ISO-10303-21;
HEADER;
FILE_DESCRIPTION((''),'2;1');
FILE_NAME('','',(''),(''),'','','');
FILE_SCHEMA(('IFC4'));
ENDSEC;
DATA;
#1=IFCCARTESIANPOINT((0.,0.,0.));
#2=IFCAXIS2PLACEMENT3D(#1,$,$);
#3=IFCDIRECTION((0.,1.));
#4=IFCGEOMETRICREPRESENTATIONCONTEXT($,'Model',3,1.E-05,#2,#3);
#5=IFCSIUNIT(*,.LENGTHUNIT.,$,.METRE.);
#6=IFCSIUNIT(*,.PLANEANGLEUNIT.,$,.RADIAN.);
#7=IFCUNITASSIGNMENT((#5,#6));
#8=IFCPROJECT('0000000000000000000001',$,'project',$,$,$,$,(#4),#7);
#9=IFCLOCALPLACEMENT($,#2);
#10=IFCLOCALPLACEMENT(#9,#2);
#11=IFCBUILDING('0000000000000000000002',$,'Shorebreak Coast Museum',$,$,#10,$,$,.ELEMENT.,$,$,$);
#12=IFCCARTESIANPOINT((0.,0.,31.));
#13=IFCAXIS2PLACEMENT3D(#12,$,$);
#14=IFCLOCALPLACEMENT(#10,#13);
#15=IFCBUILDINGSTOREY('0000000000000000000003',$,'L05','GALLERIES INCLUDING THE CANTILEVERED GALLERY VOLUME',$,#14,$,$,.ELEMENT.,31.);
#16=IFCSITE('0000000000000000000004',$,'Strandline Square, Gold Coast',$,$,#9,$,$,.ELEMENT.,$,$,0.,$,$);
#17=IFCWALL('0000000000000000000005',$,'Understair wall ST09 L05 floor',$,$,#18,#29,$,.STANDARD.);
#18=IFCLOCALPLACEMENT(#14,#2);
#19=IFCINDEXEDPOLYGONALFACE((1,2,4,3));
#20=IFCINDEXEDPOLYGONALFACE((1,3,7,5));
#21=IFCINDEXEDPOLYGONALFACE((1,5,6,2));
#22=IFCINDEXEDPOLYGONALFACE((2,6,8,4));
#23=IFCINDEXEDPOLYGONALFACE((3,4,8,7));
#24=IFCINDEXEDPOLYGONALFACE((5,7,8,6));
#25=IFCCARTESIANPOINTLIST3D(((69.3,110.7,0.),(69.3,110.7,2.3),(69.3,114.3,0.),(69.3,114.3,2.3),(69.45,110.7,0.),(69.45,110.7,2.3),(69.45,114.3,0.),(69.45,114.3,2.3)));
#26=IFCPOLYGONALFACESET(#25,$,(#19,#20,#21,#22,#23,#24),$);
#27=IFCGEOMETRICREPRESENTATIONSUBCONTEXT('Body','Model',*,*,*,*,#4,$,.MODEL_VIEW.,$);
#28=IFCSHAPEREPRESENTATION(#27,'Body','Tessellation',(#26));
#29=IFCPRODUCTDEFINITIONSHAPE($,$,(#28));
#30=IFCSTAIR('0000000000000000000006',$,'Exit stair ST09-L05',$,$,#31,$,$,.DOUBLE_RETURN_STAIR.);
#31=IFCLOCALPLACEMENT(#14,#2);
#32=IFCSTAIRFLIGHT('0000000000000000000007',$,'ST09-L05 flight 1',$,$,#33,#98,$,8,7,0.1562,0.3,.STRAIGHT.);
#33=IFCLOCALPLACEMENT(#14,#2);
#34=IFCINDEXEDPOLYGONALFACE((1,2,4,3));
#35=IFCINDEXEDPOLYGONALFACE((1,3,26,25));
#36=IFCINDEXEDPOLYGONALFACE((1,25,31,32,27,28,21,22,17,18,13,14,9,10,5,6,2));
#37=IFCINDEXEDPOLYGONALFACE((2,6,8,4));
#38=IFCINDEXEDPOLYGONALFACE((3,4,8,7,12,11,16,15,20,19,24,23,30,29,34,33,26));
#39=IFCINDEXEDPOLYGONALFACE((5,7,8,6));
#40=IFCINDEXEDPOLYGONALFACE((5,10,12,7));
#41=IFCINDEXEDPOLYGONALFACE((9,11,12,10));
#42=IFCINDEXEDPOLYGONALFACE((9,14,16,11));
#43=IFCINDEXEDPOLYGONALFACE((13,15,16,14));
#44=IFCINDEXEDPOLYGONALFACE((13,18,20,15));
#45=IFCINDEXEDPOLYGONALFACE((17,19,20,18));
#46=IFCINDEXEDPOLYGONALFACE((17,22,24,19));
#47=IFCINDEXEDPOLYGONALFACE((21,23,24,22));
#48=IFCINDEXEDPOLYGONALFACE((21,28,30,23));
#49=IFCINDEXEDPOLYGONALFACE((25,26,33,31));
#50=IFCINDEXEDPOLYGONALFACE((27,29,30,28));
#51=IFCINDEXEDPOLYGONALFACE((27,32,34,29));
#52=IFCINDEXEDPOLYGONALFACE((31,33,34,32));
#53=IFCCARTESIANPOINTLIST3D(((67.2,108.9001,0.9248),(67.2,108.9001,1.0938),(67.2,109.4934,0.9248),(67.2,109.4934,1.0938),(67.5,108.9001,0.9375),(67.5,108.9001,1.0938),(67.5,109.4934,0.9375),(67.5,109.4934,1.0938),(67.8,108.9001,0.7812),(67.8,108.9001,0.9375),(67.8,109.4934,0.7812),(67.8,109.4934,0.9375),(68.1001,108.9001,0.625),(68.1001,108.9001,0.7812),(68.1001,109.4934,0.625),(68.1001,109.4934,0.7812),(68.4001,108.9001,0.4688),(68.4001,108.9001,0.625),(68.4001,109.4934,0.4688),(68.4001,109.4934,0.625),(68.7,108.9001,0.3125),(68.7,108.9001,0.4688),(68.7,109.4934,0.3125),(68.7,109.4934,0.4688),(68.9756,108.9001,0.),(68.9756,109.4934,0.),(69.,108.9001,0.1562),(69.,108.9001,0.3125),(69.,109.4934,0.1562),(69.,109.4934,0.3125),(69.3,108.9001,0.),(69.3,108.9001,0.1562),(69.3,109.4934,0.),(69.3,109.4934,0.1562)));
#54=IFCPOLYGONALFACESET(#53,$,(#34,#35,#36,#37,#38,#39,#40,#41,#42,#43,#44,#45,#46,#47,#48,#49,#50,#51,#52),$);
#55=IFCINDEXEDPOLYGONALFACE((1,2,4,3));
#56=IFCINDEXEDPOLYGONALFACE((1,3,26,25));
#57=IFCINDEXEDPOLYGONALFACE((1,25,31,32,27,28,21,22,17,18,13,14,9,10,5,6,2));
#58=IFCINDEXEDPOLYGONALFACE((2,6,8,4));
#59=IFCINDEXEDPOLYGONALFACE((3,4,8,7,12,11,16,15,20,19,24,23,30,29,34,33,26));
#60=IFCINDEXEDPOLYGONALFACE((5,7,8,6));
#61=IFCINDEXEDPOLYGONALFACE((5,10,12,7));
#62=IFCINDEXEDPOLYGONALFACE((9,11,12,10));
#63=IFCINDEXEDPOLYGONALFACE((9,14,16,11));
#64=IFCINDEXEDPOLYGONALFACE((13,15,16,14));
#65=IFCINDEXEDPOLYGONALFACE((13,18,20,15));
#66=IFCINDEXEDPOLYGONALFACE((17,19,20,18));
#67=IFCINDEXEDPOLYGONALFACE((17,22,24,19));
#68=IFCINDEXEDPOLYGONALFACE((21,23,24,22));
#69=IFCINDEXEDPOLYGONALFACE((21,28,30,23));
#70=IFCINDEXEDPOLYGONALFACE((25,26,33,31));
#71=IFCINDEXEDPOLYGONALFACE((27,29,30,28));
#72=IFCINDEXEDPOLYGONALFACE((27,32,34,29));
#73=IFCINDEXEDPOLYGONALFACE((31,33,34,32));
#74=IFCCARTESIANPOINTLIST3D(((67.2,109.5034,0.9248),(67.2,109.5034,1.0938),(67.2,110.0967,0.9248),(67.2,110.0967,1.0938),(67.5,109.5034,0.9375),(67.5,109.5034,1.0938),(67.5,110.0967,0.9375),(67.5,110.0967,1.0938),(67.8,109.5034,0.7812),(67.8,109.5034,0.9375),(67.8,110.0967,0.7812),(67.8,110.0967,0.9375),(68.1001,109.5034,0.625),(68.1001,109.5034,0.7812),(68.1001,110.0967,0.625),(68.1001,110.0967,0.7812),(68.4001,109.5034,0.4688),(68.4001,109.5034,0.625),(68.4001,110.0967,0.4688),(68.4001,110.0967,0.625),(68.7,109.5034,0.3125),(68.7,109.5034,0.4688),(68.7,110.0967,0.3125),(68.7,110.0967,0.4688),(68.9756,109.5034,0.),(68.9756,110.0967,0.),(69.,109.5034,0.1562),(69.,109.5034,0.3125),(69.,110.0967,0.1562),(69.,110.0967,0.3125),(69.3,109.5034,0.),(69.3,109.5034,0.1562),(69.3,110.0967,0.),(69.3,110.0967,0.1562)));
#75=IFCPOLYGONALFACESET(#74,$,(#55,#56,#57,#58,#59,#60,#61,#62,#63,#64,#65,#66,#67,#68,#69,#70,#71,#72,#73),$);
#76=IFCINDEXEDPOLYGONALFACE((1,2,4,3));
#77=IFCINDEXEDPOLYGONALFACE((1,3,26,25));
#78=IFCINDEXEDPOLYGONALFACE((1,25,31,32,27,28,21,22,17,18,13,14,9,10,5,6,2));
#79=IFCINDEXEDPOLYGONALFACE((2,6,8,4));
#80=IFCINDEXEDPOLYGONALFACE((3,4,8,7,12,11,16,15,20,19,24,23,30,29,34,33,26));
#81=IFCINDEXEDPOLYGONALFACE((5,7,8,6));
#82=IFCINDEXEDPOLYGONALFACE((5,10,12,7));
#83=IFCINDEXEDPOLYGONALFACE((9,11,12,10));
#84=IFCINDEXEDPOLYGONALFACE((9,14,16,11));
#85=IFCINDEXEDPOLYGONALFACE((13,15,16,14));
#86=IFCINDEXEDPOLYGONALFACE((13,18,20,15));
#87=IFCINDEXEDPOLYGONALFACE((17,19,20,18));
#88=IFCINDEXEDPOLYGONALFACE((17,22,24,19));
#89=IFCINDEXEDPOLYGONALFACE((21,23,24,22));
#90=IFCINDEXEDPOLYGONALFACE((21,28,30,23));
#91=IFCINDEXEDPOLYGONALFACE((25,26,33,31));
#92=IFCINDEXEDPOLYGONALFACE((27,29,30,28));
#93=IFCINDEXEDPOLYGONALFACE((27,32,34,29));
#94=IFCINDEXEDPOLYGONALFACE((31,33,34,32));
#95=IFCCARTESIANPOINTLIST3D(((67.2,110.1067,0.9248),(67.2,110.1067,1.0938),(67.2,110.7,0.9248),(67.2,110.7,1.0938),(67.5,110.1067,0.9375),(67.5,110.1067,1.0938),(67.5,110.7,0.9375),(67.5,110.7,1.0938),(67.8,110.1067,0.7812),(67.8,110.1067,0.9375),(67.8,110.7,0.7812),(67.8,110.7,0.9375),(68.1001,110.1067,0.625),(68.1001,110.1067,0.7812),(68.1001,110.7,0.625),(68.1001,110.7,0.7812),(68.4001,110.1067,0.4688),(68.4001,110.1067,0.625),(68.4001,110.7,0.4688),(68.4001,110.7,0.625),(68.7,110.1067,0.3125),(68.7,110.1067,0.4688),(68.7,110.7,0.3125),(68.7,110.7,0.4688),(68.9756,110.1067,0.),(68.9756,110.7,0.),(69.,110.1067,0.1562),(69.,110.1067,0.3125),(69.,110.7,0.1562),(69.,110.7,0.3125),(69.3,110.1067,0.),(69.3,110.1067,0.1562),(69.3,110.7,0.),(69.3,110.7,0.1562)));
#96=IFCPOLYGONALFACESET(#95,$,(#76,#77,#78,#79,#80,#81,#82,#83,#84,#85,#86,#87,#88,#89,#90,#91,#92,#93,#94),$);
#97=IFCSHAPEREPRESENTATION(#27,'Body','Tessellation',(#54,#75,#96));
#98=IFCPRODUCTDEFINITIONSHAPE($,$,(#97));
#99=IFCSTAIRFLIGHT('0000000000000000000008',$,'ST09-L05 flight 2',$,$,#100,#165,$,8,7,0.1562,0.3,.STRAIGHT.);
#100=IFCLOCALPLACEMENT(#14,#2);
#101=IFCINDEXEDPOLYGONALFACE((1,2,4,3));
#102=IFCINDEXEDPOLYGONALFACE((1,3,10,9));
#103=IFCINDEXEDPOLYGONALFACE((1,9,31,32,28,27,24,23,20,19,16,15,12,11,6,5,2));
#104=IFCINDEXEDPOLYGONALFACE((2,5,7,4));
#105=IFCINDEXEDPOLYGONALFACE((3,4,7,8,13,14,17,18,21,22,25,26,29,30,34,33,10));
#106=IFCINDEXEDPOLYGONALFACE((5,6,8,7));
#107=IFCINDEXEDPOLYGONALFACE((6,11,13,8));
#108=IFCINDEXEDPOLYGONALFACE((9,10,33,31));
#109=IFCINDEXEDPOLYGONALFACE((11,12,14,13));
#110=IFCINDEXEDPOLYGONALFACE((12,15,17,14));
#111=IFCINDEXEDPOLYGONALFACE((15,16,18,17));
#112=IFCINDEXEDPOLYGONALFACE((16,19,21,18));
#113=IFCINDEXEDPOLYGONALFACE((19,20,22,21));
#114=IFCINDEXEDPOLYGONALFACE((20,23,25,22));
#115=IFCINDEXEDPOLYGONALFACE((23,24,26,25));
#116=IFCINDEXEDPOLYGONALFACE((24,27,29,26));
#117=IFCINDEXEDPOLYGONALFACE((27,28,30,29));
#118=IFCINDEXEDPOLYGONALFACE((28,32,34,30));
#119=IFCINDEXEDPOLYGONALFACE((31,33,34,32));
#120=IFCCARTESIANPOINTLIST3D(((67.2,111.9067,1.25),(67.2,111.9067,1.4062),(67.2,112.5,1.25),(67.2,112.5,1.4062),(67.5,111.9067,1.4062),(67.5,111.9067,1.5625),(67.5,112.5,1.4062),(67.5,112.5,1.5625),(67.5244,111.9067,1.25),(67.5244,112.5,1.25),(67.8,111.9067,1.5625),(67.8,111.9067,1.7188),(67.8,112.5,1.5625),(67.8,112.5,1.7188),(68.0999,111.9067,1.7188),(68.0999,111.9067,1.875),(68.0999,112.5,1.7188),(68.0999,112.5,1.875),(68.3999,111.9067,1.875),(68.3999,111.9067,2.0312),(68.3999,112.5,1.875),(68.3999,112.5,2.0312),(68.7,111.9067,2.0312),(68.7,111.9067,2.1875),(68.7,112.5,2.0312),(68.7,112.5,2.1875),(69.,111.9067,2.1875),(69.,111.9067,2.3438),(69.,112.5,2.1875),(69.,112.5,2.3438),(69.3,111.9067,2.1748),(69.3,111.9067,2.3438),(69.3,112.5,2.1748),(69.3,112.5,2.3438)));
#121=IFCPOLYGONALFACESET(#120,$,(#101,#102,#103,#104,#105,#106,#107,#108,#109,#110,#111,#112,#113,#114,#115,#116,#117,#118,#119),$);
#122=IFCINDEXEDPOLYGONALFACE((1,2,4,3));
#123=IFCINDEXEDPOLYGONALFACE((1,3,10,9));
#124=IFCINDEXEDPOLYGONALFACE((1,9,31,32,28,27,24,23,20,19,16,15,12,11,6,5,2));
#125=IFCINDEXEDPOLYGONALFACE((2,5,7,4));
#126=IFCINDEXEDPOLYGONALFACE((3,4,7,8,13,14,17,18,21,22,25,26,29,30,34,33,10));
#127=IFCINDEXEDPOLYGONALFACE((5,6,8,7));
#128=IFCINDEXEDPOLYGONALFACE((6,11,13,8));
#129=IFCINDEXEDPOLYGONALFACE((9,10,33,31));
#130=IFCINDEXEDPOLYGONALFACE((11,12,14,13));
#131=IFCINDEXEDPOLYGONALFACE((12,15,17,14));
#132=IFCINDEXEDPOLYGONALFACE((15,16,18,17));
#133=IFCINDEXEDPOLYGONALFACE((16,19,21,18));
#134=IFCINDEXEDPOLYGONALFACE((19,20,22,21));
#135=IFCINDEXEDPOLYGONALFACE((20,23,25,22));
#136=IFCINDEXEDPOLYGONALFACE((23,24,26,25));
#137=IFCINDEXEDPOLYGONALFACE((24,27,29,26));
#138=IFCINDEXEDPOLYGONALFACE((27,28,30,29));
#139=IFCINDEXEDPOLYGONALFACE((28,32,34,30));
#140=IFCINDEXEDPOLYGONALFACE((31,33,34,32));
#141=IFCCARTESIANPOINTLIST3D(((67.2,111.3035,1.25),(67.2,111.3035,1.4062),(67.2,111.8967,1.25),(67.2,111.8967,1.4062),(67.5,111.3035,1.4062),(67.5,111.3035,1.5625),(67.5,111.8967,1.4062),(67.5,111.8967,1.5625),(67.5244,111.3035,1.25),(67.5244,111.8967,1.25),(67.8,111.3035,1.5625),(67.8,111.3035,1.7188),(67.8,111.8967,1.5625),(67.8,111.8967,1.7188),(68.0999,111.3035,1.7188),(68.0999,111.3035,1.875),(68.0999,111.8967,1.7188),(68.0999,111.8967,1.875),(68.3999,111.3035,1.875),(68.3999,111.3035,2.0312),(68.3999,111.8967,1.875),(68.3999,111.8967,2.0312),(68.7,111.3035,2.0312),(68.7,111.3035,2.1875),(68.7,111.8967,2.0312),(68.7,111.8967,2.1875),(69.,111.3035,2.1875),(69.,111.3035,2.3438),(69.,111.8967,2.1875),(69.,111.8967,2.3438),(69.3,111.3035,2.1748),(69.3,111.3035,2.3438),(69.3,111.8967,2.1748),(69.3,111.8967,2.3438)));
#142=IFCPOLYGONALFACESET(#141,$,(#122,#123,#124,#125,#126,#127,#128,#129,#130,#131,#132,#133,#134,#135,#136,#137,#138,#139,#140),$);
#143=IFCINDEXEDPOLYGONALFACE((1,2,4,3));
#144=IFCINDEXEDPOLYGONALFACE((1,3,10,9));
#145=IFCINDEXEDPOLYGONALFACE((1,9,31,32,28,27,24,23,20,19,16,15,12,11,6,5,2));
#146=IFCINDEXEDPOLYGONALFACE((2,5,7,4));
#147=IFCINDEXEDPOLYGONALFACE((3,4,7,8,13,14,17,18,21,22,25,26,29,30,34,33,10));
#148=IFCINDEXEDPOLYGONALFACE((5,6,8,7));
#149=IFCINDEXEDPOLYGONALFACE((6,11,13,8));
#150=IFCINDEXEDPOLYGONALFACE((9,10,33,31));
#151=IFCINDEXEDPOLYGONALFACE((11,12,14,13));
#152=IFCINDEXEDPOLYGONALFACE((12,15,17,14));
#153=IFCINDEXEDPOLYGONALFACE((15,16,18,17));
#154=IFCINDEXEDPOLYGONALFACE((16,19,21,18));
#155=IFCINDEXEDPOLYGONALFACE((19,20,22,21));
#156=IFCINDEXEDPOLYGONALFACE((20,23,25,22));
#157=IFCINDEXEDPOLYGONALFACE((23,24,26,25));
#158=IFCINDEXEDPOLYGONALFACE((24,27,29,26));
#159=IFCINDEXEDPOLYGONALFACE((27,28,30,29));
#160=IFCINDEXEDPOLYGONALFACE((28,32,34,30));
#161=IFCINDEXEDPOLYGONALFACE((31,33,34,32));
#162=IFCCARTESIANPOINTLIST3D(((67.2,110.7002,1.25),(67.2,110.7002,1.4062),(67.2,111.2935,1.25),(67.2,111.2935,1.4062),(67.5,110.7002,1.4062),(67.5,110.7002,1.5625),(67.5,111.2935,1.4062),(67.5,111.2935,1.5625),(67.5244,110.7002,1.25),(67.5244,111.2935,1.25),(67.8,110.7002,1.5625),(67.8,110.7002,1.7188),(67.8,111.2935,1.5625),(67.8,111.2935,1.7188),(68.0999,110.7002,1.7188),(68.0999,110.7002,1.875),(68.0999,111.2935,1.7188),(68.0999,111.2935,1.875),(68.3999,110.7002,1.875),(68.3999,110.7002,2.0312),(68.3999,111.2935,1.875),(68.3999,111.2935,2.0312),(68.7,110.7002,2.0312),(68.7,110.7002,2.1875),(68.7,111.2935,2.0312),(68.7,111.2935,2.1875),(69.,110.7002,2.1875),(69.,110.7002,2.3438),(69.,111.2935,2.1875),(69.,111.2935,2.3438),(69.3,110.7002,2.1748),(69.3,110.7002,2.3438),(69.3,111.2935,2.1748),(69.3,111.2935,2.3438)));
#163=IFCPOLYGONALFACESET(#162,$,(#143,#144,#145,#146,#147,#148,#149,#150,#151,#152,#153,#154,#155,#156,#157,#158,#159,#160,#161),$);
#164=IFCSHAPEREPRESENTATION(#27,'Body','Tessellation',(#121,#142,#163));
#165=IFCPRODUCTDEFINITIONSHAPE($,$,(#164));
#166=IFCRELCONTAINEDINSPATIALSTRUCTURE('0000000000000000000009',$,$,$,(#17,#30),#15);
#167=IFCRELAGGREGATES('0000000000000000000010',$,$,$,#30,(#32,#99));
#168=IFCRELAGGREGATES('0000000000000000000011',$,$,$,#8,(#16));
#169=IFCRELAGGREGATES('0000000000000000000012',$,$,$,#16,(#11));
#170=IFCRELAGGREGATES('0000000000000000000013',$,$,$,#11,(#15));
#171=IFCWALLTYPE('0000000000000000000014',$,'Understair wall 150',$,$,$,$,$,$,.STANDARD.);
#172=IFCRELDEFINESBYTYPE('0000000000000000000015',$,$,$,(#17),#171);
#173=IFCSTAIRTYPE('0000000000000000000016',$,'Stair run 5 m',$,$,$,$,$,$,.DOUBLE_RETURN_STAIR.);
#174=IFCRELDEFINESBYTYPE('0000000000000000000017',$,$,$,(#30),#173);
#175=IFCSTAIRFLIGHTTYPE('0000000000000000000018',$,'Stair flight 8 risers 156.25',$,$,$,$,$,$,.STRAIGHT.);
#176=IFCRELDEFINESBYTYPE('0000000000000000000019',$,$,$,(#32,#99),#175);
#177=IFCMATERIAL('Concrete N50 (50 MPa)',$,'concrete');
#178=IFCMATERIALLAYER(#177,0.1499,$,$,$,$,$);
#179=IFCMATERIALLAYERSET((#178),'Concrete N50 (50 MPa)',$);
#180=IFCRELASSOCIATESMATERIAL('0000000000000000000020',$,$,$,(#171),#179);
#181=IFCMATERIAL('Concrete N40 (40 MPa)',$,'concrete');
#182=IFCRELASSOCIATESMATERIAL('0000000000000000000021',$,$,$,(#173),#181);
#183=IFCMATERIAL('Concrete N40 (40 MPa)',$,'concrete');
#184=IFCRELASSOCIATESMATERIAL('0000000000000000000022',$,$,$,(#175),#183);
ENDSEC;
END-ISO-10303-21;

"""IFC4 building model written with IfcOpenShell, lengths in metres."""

from ifc_helpers import new_model, si_unit, direction, frame, frame_2d, origin, place, context, subcontext, project, spatial, polyline, rectangle, outline, extrude, material, layer, layer_set, type_object, element, aggregate, save


model = new_model("IFC4")

# Units and contexts
model_context = context("Model", 3, precision=1e-05, world=origin(), true_north=direction((0.0, 1.0)))
body_context = subcontext(model_context, "Body", "Model", "MODEL_VIEW")
ifc_project = project(units=[si_unit("LENGTHUNIT", "METRE"), si_unit("PLANEANGLEUNIT", "RADIAN")], contexts=[model_context])

# Site, building, storey
site_placement = place(None, origin())
site = spatial("IfcSite", under=ifc_project, at=site_placement, Name="Strandline Square, Gold Coast", CompositionType="ELEMENT", RefElevation=0.0)
building_placement = place(site_placement, origin())
building = spatial("IfcBuilding", under=site, at=building_placement, Name="Shorebreak Coast Museum", CompositionType="ELEMENT")
storey_placement = place(building_placement, frame((0.0, 0.0, 31.0)))
storey = spatial("IfcBuildingStorey", under=building, at=storey_placement, Name="L05", Description="GALLERIES INCLUDING THE CANTILEVERED GALLERY VOLUME", CompositionType="ELEMENT", Elevation=31.0)

# Wall
ifc_material_1 = material(Name="Concrete N50 (50 MPa)", Category="concrete")
ifc_layer_1 = layer(ifc_material_1, 0.1499)
ifc_layer_set_1 = layer_set([ifc_layer_1], Name="Concrete N50 (50 MPa)")
wall_type_1 = type_object("IfcWallType", Name="Understair wall 150", PredefinedType="STANDARD", material=ifc_layer_set_1)
wall_1_placement = place(storey_placement, frame((69.375, 110.7, 0.0), z_axis=(0.0, 0.0, 1.0), x_axis=(0.0, 1.0, 0.0)))
element("IfcWall", 1, at=wall_1_placement, inside=storey, type_object=wall_type_1, Name="Understair wall ST09 L05 floor", PredefinedType="STANDARD", context=body_context, shape_type="SweptSolid", body=[
    extrude(rectangle(XDim=3.6001, YDim=0.1499, at=frame_2d((1.8, 0.0))), origin(), (0.0, 0.0, 1.0), 2.3),
])

# Stair, stair flights
ifc_material_2 = material(Name="Concrete N40 (40 MPa)", Category="concrete")
stair_type = type_object("IfcStairType", Name="Stair run 5 m", PredefinedType="DOUBLE_RETURN_STAIR", material=ifc_material_2)
stair_placement = place(storey_placement, origin())
stair = element("IfcStair", 2, at=stair_placement, inside=storey, type_object=stair_type, Name="Exit stair ST09-L05", PredefinedType="DOUBLE_RETURN_STAIR")
ifc_material_3 = material(Name="Concrete N40 (40 MPa)", Category="concrete")
stair_flight_type = type_object("IfcStairFlightType", Name="Stair flight 8 risers 156.25", PredefinedType="STRAIGHT", material=ifc_material_3)
stair_flight_1_placement = place(storey_placement, frame((69.3, 109.8, 0.0), z_axis=(0.0, 0.0, 1.0), x_axis=(-1.0, 0.0, 0.0)))
stair_flight_1 = element("IfcStairFlight", 3, at=stair_flight_1_placement, type_object=stair_flight_type, Name="ST09-L05 flight 1", NumberOfRisers=8, NumberOfTreads=7, PredefinedType="STRAIGHT", RiserHeight=0.1562, TreadLength=0.3, context=body_context, shape_type="SweptSolid", body=[
    extrude(outline(polyline([(0.0, 0.0), (0.0, 0.1562), (0.3, 0.1562), (0.3, 0.3125), (0.6001, 0.3125), (0.6001, 0.4688), (0.8999, 0.4688), (0.8999, 0.625), (1.2, 0.625), (1.2, 0.7812), (1.5, 0.7812), (1.5, 0.9375), (1.8, 0.9375), (1.8, 1.0938), (2.1001, 1.0938), (2.1001, 1.25), (2.1001, 0.9248), (0.3245, 0.0), (0.0, 0.0)])), frame((0.0, 0.8999, 0.0), z_axis=(0.0, -1.0, 0.0), x_axis=(1.0, 0.0, 0.0)), (0.0, 0.0, 1.0), 0.5933),
    extrude(outline(polyline([(0.0, 0.0), (0.0, 0.1562), (0.3, 0.1562), (0.3, 0.3125), (0.6001, 0.3125), (0.6001, 0.4688), (0.8999, 0.4688), (0.8999, 0.625), (1.2, 0.625), (1.2, 0.7812), (1.5, 0.7812), (1.5, 0.9375), (1.8, 0.9375), (1.8, 1.0938), (2.1001, 1.0938), (2.1001, 1.25), (2.1001, 0.9248), (0.3245, 0.0), (0.0, 0.0)])), frame((0.0, 0.2966, 0.0), z_axis=(0.0, -1.0, 0.0), x_axis=(1.0, 0.0, 0.0)), (0.0, 0.0, 1.0), 0.5933),
    extrude(outline(polyline([(0.0, 0.0), (0.0, 0.1562), (0.3, 0.1562), (0.3, 0.3125), (0.6001, 0.3125), (0.6001, 0.4688), (0.8999, 0.4688), (0.8999, 0.625), (1.2, 0.625), (1.2, 0.7812), (1.5, 0.7812), (1.5, 0.9375), (1.8, 0.9375), (1.8, 1.0938), (2.1001, 1.0938), (2.1001, 1.25), (2.1001, 0.9248), (0.3245, 0.0), (0.0, 0.0)])), frame((0.0, -0.3066, 0.0), z_axis=(0.0, -1.0, 0.0), x_axis=(1.0, 0.0, 0.0)), (0.0, 0.0, 1.0), 0.5933),
])
stair_flight_2_placement = place(storey_placement, frame((67.2, 111.6001, 1.25), z_axis=(0.0, 0.0, 1.0), x_axis=(1.0, 0.0, 0.0)))
stair_flight_2 = element("IfcStairFlight", 4, at=stair_flight_2_placement, type_object=stair_flight_type, Name="ST09-L05 flight 2", NumberOfRisers=8, NumberOfTreads=7, PredefinedType="STRAIGHT", RiserHeight=0.1562, TreadLength=0.3, context=body_context, shape_type="SweptSolid", body=[
    extrude(outline(polyline([(0.0, 0.0), (0.0, 0.1562), (0.3, 0.1562), (0.3, 0.3125), (0.6001, 0.3125), (0.6001, 0.4688), (0.8999, 0.4688), (0.8999, 0.625), (1.2, 0.625), (1.2, 0.7812), (1.5, 0.7812), (1.5, 0.9375), (1.8, 0.9375), (1.8, 1.0938), (2.1001, 1.0938), (2.1001, 1.25), (2.1001, 0.9248), (0.3245, 0.0), (0.0, 0.0)])), frame((0.0, 0.8999, 0.0), z_axis=(0.0, -1.0, 0.0), x_axis=(1.0, 0.0, 0.0)), (0.0, 0.0, 1.0), 0.5933),
    extrude(outline(polyline([(0.0, 0.0), (0.0, 0.1562), (0.3, 0.1562), (0.3, 0.3125), (0.6001, 0.3125), (0.6001, 0.4688), (0.8999, 0.4688), (0.8999, 0.625), (1.2, 0.625), (1.2, 0.7812), (1.5, 0.7812), (1.5, 0.9375), (1.8, 0.9375), (1.8, 1.0938), (2.1001, 1.0938), (2.1001, 1.25), (2.1001, 0.9248), (0.3245, 0.0), (0.0, 0.0)])), frame((0.0, 0.2966, 0.0), z_axis=(0.0, -1.0, 0.0), x_axis=(1.0, 0.0, 0.0)), (0.0, 0.0, 1.0), 0.5933),
    extrude(outline(polyline([(0.0, 0.0), (0.0, 0.1562), (0.3, 0.1562), (0.3, 0.3125), (0.6001, 0.3125), (0.6001, 0.4688), (0.8999, 0.4688), (0.8999, 0.625), (1.2, 0.625), (1.2, 0.7812), (1.5, 0.7812), (1.5, 0.9375), (1.8, 0.9375), (1.8, 1.0938), (2.1001, 1.0938), (2.1001, 1.25), (2.1001, 0.9248), (0.3245, 0.0), (0.0, 0.0)])), frame((0.0, -0.3066, 0.0), z_axis=(0.0, -1.0, 0.0), x_axis=(1.0, 0.0, 0.0)), (0.0, 0.0, 1.0), 0.5933),
])
aggregate(stair, [stair_flight_1, stair_flight_2])

save(model, "model.ifc")
